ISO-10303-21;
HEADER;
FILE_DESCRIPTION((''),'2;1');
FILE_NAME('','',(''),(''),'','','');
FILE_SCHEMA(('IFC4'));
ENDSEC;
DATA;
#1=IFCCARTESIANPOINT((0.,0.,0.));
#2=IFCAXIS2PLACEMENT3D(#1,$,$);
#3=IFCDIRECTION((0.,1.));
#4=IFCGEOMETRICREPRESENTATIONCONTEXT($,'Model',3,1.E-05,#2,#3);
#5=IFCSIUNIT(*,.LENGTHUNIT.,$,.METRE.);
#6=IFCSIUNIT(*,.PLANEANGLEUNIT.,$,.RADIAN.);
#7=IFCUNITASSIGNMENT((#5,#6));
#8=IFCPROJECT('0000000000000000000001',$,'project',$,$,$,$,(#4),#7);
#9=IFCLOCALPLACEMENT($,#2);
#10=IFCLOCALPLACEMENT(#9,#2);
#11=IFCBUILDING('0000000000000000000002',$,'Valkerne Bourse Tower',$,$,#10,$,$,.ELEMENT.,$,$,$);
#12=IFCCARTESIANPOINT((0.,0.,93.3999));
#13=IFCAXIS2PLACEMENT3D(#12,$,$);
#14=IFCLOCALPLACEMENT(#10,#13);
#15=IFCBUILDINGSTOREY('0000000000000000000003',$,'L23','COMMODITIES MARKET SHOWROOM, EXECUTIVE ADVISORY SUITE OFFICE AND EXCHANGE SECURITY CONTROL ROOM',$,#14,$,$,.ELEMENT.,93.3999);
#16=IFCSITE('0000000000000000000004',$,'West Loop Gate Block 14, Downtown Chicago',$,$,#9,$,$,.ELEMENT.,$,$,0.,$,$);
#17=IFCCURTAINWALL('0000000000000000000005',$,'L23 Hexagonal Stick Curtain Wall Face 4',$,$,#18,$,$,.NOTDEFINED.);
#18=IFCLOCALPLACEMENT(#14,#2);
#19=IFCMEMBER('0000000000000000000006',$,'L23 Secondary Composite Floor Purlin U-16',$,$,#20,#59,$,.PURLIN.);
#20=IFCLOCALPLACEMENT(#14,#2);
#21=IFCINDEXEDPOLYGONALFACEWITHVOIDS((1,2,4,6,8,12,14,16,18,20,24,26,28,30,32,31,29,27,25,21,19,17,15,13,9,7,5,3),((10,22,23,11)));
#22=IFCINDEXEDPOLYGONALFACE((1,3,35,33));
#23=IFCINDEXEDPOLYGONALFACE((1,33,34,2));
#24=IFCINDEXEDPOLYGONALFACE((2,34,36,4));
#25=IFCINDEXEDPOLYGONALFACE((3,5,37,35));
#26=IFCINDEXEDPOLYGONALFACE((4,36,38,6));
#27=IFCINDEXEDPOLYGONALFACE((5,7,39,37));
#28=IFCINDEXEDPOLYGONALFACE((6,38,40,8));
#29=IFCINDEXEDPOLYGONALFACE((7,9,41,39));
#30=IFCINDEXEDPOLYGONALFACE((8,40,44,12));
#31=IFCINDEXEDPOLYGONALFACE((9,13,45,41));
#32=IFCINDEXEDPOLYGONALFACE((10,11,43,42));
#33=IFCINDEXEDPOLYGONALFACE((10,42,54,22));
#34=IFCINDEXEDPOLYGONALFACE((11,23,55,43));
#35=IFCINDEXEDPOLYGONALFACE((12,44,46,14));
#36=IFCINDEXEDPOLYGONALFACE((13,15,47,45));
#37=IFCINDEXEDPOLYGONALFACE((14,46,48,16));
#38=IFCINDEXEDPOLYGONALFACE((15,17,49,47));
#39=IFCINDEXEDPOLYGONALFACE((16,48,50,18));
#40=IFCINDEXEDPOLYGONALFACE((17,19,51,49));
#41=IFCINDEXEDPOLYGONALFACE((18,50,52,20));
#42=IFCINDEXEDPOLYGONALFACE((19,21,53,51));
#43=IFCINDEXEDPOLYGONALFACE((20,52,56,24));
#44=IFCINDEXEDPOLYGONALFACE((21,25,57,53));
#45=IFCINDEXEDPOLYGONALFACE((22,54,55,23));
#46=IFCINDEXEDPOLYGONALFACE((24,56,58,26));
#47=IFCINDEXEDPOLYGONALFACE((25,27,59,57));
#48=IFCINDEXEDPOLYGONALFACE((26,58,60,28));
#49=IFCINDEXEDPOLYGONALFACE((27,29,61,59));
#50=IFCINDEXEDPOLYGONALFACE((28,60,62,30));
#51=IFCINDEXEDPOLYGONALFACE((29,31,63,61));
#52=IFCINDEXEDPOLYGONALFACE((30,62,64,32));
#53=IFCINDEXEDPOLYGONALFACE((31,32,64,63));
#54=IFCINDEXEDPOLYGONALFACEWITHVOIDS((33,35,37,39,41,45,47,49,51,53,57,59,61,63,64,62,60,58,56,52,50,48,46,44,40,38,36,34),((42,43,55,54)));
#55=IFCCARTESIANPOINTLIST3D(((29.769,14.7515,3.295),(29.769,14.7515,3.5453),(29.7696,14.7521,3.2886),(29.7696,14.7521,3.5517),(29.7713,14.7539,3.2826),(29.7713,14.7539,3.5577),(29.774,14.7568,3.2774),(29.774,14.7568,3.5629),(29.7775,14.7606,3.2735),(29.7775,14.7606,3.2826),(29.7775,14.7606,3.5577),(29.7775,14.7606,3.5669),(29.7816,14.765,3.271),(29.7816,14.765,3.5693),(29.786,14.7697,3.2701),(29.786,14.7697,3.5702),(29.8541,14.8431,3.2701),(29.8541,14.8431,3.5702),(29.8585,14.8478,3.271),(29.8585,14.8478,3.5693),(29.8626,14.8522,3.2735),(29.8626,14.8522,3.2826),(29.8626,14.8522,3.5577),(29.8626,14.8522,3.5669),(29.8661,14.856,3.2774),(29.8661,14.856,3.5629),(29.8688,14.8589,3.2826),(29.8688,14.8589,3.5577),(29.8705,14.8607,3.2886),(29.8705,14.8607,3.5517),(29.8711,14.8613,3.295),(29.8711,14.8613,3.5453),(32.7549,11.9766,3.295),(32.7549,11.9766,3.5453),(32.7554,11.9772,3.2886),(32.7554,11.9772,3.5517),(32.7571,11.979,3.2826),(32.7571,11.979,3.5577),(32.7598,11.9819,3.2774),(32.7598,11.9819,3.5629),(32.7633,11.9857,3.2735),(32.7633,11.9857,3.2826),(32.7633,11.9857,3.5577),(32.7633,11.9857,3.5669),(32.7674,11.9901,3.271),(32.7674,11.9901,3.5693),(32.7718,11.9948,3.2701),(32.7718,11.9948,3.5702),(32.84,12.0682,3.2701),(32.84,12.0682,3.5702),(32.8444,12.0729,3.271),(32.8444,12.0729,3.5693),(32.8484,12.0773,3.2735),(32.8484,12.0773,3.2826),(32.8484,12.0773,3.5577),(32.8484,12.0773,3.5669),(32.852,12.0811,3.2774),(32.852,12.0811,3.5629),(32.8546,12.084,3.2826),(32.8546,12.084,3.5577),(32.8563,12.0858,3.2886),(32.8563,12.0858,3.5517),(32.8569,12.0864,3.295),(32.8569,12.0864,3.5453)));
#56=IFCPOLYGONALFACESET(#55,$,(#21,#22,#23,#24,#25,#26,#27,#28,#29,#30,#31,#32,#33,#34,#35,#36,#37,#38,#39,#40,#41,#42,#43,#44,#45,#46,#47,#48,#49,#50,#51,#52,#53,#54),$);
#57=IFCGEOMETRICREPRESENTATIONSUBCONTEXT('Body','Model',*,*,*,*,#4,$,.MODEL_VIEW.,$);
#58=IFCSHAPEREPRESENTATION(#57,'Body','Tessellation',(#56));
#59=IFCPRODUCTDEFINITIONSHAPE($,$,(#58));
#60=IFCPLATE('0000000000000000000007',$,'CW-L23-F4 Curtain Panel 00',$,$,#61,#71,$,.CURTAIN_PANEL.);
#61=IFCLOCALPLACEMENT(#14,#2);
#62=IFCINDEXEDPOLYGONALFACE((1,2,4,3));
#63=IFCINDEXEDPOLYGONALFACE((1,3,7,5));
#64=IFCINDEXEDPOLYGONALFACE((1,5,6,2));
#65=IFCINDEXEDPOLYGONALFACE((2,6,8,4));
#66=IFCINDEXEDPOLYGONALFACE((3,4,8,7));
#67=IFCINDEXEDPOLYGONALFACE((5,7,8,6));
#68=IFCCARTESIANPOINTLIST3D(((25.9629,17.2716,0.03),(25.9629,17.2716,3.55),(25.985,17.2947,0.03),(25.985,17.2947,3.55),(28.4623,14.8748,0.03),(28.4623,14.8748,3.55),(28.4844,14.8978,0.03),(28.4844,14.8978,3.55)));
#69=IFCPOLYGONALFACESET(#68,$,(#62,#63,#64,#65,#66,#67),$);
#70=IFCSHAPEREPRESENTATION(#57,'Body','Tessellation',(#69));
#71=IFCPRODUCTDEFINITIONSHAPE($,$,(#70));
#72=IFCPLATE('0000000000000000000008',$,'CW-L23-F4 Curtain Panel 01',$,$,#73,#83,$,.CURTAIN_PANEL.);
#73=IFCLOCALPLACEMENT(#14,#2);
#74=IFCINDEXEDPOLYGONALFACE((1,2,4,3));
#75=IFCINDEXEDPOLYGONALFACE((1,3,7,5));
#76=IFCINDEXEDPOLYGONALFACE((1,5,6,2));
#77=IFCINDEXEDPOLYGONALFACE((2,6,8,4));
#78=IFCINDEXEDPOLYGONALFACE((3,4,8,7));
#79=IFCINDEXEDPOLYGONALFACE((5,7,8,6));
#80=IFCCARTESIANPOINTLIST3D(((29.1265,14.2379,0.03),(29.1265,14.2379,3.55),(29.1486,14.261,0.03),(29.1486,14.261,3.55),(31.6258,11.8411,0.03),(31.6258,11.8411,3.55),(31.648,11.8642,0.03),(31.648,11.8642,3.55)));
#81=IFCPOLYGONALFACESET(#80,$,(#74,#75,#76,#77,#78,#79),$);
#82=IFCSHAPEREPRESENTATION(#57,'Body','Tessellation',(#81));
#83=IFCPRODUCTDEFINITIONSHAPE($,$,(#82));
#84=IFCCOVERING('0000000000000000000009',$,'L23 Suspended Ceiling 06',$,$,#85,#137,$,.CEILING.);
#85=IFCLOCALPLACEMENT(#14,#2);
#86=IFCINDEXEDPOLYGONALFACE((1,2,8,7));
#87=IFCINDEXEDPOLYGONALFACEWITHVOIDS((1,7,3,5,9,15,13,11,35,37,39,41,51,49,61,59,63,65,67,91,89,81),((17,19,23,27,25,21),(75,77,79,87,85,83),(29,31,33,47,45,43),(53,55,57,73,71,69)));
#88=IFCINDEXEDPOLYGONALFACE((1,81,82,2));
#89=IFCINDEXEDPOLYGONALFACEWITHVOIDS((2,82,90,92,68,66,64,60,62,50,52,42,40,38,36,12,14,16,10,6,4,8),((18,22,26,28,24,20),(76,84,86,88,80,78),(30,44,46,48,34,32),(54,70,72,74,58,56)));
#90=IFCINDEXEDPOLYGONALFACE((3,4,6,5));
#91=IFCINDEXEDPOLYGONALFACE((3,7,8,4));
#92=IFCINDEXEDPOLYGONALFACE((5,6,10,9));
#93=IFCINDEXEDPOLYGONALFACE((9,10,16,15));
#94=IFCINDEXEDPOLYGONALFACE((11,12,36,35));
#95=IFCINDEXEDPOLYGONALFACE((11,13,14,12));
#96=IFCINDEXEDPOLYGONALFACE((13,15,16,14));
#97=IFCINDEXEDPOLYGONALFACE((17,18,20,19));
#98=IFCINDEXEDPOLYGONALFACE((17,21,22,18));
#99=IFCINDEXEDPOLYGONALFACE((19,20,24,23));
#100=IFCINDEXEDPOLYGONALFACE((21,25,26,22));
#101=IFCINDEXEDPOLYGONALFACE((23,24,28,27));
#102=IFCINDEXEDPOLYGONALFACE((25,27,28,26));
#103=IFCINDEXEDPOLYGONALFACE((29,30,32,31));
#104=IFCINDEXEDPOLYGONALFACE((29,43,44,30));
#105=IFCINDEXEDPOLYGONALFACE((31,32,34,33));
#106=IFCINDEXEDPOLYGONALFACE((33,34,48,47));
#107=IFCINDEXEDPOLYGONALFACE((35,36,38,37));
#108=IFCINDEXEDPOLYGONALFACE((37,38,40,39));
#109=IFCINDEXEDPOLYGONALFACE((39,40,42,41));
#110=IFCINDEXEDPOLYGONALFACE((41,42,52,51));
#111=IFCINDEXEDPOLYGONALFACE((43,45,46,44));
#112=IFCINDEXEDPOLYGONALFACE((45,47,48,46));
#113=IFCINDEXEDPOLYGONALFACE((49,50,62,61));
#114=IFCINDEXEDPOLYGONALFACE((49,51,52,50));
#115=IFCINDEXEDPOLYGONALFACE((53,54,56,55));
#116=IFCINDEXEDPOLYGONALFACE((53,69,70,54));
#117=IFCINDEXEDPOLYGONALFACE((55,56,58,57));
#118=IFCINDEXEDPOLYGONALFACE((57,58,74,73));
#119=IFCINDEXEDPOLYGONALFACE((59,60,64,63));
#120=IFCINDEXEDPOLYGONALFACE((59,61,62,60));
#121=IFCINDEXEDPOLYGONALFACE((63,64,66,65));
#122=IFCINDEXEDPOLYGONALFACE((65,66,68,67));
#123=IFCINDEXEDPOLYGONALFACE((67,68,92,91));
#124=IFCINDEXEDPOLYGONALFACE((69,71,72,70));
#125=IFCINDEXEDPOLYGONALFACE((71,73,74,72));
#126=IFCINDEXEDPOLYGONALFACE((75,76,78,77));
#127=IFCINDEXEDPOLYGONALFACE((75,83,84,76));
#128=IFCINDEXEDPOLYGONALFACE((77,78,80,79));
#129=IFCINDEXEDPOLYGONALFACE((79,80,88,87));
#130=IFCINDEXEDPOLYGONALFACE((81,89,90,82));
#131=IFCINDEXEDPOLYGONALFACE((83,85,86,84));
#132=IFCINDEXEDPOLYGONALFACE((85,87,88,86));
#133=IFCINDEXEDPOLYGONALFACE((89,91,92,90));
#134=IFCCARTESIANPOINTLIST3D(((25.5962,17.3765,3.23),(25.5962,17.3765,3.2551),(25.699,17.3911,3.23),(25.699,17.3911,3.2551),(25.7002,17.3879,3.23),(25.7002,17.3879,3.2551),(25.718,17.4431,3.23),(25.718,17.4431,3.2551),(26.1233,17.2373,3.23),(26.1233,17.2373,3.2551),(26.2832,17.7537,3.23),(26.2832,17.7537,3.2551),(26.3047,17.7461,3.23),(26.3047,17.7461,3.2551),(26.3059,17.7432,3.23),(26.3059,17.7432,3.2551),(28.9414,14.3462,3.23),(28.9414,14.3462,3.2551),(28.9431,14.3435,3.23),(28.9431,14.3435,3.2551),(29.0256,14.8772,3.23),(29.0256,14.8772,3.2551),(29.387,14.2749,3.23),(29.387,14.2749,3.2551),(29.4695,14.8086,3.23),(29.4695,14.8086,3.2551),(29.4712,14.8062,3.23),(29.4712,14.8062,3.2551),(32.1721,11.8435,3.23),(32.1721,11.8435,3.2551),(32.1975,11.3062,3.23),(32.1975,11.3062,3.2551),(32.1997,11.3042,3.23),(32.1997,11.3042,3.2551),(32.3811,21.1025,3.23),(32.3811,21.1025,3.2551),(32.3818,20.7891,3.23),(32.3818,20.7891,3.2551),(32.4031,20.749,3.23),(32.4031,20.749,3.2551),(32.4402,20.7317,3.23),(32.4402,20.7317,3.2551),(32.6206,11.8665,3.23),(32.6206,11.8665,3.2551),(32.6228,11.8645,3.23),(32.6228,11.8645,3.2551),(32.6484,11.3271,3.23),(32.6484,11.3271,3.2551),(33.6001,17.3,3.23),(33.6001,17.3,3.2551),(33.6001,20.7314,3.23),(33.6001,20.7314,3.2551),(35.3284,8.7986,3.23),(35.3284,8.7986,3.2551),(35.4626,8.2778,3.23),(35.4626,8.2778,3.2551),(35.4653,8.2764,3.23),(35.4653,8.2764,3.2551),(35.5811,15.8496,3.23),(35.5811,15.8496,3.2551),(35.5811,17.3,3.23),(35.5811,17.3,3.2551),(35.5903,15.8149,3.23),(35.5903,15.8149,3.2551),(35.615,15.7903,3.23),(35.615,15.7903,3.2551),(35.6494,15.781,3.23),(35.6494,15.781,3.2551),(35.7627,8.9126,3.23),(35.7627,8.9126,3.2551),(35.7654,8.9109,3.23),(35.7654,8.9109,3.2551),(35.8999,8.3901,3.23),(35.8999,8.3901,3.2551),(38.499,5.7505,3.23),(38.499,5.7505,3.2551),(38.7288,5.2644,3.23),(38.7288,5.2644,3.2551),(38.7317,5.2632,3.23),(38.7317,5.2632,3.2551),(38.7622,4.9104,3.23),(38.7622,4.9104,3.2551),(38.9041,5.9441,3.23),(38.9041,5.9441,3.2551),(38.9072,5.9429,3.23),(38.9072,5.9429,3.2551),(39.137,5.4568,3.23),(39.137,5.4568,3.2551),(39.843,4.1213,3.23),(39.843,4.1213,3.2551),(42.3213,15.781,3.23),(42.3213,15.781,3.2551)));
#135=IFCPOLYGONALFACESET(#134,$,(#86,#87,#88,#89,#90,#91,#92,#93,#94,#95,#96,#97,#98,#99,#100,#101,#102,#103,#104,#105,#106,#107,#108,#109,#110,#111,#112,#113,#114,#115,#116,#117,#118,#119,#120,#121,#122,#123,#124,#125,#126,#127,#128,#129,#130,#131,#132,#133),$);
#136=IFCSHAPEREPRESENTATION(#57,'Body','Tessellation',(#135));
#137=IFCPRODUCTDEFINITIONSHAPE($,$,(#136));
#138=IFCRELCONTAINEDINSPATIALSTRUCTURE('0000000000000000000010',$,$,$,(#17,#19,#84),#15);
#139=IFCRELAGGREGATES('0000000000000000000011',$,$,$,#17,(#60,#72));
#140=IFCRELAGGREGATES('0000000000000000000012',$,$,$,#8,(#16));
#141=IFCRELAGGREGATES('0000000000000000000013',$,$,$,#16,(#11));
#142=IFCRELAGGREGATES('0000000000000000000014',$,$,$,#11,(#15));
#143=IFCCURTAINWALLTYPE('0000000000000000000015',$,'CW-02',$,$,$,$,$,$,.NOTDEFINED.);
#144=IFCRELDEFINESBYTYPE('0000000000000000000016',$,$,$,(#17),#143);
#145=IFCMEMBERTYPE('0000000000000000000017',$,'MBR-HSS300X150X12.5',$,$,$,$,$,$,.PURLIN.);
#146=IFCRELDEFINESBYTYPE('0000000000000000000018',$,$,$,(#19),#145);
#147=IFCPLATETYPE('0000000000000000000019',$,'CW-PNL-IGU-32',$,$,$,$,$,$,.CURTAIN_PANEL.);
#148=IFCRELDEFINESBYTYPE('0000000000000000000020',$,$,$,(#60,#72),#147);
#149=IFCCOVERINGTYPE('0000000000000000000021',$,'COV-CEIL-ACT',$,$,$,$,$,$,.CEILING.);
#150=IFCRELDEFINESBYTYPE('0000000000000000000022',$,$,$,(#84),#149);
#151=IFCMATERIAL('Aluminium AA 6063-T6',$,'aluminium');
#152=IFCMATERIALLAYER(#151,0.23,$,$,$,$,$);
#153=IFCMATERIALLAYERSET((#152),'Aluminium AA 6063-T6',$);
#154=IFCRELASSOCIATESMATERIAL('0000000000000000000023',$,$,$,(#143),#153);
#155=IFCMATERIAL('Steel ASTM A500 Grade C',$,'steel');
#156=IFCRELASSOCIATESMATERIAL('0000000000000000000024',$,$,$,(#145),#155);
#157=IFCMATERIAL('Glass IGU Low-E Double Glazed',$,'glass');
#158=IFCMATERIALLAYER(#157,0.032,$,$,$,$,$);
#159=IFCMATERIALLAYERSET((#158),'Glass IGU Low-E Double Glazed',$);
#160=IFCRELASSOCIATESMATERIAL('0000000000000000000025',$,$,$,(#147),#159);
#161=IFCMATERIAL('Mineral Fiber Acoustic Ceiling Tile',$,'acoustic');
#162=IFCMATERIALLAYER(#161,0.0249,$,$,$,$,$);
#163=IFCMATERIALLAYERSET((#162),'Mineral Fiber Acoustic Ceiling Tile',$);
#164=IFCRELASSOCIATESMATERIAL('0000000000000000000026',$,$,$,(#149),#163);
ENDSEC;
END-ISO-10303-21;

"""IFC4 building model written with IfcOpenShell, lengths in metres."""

from ifc_helpers import new_model, si_unit, direction, frame, origin, origin_2d, place, context, subcontext, project, spatial, polyline, rectangle, hollow_rectangle, outline, extrude, material, layer, layer_set, material_profile, profile_set, type_object, element, aggregate, save


model = new_model("IFC4")

# Units and contexts
model_context = context("Model", 3, precision=1e-05, world=origin(), true_north=direction((0.0, 1.0)))
body_context = subcontext(model_context, "Body", "Model", "MODEL_VIEW")
ifc_project = project(units=[si_unit("LENGTHUNIT", "METRE"), si_unit("PLANEANGLEUNIT", "RADIAN")], contexts=[model_context])

# Site, building, storey
site_placement = place(None, origin())
site = spatial("IfcSite", under=ifc_project, at=site_placement, Name="West Loop Gate Block 14, Downtown Chicago", CompositionType="ELEMENT", RefElevation=0.0)
building_placement = place(site_placement, origin())
building = spatial("IfcBuilding", under=site, at=building_placement, Name="Valkerne Bourse Tower", CompositionType="ELEMENT")
storey_placement = place(building_placement, frame((0.0, 0.0, 93.3999)))
storey = spatial("IfcBuildingStorey", under=building, at=storey_placement, Name="L23", Description="COMMODITIES MARKET SHOWROOM, EXECUTIVE ADVISORY SUITE OFFICE AND EXCHANGE SECURITY CONTROL ROOM", CompositionType="ELEMENT", Elevation=93.3999)

# Curtain wall
ifc_material_1 = material(Name="Aluminium AA 6063-T6", Category="aluminium")
ifc_layer_1 = layer(ifc_material_1, 0.23)
ifc_layer_set_1 = layer_set([ifc_layer_1], Name="Aluminium AA 6063-T6")
curtain_wall_type = type_object("IfcCurtainWallType", Name="CW-02", PredefinedType="NOTDEFINED", material=ifc_layer_set_1)
curtain_wall_placement = place(storey_placement, origin())
curtain_wall = element("IfcCurtainWall", 1, at=curtain_wall_placement, inside=storey, type_object=curtain_wall_type, Name="L23 Hexagonal Stick Curtain Wall Face 4", PredefinedType="NOTDEFINED")

# Member
ifc_material_2 = material(Name="Steel ASTM A500 Grade C", Category="steel")
ifc_material_profile_1 = material_profile(ifc_material_2, hollow_rectangle(XDim=0.1499, YDim=0.3, WallThickness=0.0125, OuterFilletRadius=0.0249, at=origin_2d()), Name="HSS300X150X12.5")
ifc_profile_set_1 = profile_set([ifc_material_profile_1], Name="Steel ASTM A500 Grade C")
member_type_1 = type_object("IfcMemberType", Name="MBR-HSS300X150X12.5", PredefinedType="PURLIN", material=ifc_profile_set_1)
member_1_placement = place(storey_placement, frame((29.8201, 14.8064, 3.4202), z_axis=(0.732508, -0.680759, 0.0), x_axis=(0.680759, 0.732508, 0.0)))
element("IfcMember", 2, at=member_1_placement, inside=storey, type_object=member_type_1, Name="L23 Secondary Composite Floor Purlin U-16", PredefinedType="PURLIN", context=body_context, shape_type="SweptSolid", body=[
    extrude(hollow_rectangle(XDim=0.1499, YDim=0.3, WallThickness=0.0125, OuterFilletRadius=0.0249, at=origin_2d()), origin(), (0.0, 0.0, 1.0), 4.0762),
])

# Plates
ifc_material_3 = material(Name="Glass IGU Low-E Double Glazed", Category="glass")
ifc_layer_2 = layer(ifc_material_3, 0.032)
ifc_layer_set_2 = layer_set([ifc_layer_2], Name="Glass IGU Low-E Double Glazed")
plate_type = type_object("IfcPlateType", Name="CW-PNL-IGU-32", PredefinedType="CURTAIN_PANEL", material=ifc_layer_set_2)
plate_1_placement = place(storey_placement, frame((27.2236, 16.0847, 0.03), z_axis=(0.0, 0.0, 1.0), x_axis=(0.721759, -0.692145, 0.0)))
plate_1 = element("IfcPlate", 3, at=plate_1_placement, type_object=plate_type, Name="CW-L23-F4 Curtain Panel 00", PredefinedType="CURTAIN_PANEL", context=body_context, shape_type="SweptSolid", body=[
    extrude(rectangle(XDim=3.4629, YDim=0.032, at=origin_2d()), origin(), (0.0, 0.0, 1.0), 3.52),
])
plate_2_placement = place(storey_placement, frame((30.3872, 13.051, 0.03), z_axis=(0.0, 0.0, 1.0), x_axis=(0.721759, -0.692145, 0.0)))
plate_2 = element("IfcPlate", 4, at=plate_2_placement, type_object=plate_type, Name="CW-L23-F4 Curtain Panel 01", PredefinedType="CURTAIN_PANEL", context=body_context, shape_type="SweptSolid", body=[
    extrude(rectangle(XDim=3.4629, YDim=0.032, at=origin_2d()), origin(), (0.0, 0.0, 1.0), 3.52),
])
aggregate(curtain_wall, [plate_1, plate_2])

# Covering
ifc_material_4 = material(Name="Mineral Fiber Acoustic Ceiling Tile", Category="acoustic")
ifc_layer_3 = layer(ifc_material_4, 0.0249)
ifc_layer_set_3 = layer_set([ifc_layer_3], Name="Mineral Fiber Acoustic Ceiling Tile")
covering_type_1 = type_object("IfcCoveringType", Name="COV-CEIL-ACT", PredefinedType="CEILING", material=ifc_layer_set_3)
covering_1_placement = place(storey_placement, frame((0.0, 0.0, 3.23)))
element("IfcCovering", 5, at=covering_1_placement, inside=storey, type_object=covering_type_1, Name="L23 Suspended Ceiling 06", PredefinedType="CEILING", context=body_context, shape_type="SweptSolid", body=[
    extrude(outline(polyline([(25.5962, 17.3765), (25.718, 17.4431), (25.699, 17.3911), (25.7002, 17.3879), (26.1233, 17.2373), (26.3059, 17.7432), (26.3047, 17.7461), (26.2832, 17.7537), (32.3811, 21.1025), (32.3818, 20.7891), (32.4031, 20.749), (32.4402, 20.7317), (33.6001, 20.7314), (33.6001, 17.3), (35.5811, 17.3), (35.5811, 15.8496), (35.5903, 15.8149), (35.615, 15.7903), (35.6494, 15.781), (42.3213, 15.781), (39.843, 4.1213), (38.7622, 4.9104), (25.5962, 17.3765)]), holes=[polyline([(35.7654, 8.9109), (35.7627, 8.9126), (35.3284, 8.7986), (35.4626, 8.2778), (35.4653, 8.2764), (35.8999, 8.3901), (35.7654, 8.9109)]), polyline([(32.6228, 11.8645), (32.6206, 11.8665), (32.1721, 11.8435), (32.1975, 11.3062), (32.1997, 11.3042), (32.6484, 11.3271), (32.6228, 11.8645)]), polyline([(29.4712, 14.8062), (29.4695, 14.8086), (29.0256, 14.8772), (28.9414, 14.3462), (28.9431, 14.3435), (29.387, 14.2749), (29.4712, 14.8062)]), polyline([(38.9072, 5.9429), (38.9041, 5.9441), (38.499, 5.7505), (38.7288, 5.2644), (38.7317, 5.2632), (39.137, 5.4568), (38.9072, 5.9429)])]), origin(), (0.0, 0.0, 1.0), 0.0251),
])

save(model, "model.ifc")
